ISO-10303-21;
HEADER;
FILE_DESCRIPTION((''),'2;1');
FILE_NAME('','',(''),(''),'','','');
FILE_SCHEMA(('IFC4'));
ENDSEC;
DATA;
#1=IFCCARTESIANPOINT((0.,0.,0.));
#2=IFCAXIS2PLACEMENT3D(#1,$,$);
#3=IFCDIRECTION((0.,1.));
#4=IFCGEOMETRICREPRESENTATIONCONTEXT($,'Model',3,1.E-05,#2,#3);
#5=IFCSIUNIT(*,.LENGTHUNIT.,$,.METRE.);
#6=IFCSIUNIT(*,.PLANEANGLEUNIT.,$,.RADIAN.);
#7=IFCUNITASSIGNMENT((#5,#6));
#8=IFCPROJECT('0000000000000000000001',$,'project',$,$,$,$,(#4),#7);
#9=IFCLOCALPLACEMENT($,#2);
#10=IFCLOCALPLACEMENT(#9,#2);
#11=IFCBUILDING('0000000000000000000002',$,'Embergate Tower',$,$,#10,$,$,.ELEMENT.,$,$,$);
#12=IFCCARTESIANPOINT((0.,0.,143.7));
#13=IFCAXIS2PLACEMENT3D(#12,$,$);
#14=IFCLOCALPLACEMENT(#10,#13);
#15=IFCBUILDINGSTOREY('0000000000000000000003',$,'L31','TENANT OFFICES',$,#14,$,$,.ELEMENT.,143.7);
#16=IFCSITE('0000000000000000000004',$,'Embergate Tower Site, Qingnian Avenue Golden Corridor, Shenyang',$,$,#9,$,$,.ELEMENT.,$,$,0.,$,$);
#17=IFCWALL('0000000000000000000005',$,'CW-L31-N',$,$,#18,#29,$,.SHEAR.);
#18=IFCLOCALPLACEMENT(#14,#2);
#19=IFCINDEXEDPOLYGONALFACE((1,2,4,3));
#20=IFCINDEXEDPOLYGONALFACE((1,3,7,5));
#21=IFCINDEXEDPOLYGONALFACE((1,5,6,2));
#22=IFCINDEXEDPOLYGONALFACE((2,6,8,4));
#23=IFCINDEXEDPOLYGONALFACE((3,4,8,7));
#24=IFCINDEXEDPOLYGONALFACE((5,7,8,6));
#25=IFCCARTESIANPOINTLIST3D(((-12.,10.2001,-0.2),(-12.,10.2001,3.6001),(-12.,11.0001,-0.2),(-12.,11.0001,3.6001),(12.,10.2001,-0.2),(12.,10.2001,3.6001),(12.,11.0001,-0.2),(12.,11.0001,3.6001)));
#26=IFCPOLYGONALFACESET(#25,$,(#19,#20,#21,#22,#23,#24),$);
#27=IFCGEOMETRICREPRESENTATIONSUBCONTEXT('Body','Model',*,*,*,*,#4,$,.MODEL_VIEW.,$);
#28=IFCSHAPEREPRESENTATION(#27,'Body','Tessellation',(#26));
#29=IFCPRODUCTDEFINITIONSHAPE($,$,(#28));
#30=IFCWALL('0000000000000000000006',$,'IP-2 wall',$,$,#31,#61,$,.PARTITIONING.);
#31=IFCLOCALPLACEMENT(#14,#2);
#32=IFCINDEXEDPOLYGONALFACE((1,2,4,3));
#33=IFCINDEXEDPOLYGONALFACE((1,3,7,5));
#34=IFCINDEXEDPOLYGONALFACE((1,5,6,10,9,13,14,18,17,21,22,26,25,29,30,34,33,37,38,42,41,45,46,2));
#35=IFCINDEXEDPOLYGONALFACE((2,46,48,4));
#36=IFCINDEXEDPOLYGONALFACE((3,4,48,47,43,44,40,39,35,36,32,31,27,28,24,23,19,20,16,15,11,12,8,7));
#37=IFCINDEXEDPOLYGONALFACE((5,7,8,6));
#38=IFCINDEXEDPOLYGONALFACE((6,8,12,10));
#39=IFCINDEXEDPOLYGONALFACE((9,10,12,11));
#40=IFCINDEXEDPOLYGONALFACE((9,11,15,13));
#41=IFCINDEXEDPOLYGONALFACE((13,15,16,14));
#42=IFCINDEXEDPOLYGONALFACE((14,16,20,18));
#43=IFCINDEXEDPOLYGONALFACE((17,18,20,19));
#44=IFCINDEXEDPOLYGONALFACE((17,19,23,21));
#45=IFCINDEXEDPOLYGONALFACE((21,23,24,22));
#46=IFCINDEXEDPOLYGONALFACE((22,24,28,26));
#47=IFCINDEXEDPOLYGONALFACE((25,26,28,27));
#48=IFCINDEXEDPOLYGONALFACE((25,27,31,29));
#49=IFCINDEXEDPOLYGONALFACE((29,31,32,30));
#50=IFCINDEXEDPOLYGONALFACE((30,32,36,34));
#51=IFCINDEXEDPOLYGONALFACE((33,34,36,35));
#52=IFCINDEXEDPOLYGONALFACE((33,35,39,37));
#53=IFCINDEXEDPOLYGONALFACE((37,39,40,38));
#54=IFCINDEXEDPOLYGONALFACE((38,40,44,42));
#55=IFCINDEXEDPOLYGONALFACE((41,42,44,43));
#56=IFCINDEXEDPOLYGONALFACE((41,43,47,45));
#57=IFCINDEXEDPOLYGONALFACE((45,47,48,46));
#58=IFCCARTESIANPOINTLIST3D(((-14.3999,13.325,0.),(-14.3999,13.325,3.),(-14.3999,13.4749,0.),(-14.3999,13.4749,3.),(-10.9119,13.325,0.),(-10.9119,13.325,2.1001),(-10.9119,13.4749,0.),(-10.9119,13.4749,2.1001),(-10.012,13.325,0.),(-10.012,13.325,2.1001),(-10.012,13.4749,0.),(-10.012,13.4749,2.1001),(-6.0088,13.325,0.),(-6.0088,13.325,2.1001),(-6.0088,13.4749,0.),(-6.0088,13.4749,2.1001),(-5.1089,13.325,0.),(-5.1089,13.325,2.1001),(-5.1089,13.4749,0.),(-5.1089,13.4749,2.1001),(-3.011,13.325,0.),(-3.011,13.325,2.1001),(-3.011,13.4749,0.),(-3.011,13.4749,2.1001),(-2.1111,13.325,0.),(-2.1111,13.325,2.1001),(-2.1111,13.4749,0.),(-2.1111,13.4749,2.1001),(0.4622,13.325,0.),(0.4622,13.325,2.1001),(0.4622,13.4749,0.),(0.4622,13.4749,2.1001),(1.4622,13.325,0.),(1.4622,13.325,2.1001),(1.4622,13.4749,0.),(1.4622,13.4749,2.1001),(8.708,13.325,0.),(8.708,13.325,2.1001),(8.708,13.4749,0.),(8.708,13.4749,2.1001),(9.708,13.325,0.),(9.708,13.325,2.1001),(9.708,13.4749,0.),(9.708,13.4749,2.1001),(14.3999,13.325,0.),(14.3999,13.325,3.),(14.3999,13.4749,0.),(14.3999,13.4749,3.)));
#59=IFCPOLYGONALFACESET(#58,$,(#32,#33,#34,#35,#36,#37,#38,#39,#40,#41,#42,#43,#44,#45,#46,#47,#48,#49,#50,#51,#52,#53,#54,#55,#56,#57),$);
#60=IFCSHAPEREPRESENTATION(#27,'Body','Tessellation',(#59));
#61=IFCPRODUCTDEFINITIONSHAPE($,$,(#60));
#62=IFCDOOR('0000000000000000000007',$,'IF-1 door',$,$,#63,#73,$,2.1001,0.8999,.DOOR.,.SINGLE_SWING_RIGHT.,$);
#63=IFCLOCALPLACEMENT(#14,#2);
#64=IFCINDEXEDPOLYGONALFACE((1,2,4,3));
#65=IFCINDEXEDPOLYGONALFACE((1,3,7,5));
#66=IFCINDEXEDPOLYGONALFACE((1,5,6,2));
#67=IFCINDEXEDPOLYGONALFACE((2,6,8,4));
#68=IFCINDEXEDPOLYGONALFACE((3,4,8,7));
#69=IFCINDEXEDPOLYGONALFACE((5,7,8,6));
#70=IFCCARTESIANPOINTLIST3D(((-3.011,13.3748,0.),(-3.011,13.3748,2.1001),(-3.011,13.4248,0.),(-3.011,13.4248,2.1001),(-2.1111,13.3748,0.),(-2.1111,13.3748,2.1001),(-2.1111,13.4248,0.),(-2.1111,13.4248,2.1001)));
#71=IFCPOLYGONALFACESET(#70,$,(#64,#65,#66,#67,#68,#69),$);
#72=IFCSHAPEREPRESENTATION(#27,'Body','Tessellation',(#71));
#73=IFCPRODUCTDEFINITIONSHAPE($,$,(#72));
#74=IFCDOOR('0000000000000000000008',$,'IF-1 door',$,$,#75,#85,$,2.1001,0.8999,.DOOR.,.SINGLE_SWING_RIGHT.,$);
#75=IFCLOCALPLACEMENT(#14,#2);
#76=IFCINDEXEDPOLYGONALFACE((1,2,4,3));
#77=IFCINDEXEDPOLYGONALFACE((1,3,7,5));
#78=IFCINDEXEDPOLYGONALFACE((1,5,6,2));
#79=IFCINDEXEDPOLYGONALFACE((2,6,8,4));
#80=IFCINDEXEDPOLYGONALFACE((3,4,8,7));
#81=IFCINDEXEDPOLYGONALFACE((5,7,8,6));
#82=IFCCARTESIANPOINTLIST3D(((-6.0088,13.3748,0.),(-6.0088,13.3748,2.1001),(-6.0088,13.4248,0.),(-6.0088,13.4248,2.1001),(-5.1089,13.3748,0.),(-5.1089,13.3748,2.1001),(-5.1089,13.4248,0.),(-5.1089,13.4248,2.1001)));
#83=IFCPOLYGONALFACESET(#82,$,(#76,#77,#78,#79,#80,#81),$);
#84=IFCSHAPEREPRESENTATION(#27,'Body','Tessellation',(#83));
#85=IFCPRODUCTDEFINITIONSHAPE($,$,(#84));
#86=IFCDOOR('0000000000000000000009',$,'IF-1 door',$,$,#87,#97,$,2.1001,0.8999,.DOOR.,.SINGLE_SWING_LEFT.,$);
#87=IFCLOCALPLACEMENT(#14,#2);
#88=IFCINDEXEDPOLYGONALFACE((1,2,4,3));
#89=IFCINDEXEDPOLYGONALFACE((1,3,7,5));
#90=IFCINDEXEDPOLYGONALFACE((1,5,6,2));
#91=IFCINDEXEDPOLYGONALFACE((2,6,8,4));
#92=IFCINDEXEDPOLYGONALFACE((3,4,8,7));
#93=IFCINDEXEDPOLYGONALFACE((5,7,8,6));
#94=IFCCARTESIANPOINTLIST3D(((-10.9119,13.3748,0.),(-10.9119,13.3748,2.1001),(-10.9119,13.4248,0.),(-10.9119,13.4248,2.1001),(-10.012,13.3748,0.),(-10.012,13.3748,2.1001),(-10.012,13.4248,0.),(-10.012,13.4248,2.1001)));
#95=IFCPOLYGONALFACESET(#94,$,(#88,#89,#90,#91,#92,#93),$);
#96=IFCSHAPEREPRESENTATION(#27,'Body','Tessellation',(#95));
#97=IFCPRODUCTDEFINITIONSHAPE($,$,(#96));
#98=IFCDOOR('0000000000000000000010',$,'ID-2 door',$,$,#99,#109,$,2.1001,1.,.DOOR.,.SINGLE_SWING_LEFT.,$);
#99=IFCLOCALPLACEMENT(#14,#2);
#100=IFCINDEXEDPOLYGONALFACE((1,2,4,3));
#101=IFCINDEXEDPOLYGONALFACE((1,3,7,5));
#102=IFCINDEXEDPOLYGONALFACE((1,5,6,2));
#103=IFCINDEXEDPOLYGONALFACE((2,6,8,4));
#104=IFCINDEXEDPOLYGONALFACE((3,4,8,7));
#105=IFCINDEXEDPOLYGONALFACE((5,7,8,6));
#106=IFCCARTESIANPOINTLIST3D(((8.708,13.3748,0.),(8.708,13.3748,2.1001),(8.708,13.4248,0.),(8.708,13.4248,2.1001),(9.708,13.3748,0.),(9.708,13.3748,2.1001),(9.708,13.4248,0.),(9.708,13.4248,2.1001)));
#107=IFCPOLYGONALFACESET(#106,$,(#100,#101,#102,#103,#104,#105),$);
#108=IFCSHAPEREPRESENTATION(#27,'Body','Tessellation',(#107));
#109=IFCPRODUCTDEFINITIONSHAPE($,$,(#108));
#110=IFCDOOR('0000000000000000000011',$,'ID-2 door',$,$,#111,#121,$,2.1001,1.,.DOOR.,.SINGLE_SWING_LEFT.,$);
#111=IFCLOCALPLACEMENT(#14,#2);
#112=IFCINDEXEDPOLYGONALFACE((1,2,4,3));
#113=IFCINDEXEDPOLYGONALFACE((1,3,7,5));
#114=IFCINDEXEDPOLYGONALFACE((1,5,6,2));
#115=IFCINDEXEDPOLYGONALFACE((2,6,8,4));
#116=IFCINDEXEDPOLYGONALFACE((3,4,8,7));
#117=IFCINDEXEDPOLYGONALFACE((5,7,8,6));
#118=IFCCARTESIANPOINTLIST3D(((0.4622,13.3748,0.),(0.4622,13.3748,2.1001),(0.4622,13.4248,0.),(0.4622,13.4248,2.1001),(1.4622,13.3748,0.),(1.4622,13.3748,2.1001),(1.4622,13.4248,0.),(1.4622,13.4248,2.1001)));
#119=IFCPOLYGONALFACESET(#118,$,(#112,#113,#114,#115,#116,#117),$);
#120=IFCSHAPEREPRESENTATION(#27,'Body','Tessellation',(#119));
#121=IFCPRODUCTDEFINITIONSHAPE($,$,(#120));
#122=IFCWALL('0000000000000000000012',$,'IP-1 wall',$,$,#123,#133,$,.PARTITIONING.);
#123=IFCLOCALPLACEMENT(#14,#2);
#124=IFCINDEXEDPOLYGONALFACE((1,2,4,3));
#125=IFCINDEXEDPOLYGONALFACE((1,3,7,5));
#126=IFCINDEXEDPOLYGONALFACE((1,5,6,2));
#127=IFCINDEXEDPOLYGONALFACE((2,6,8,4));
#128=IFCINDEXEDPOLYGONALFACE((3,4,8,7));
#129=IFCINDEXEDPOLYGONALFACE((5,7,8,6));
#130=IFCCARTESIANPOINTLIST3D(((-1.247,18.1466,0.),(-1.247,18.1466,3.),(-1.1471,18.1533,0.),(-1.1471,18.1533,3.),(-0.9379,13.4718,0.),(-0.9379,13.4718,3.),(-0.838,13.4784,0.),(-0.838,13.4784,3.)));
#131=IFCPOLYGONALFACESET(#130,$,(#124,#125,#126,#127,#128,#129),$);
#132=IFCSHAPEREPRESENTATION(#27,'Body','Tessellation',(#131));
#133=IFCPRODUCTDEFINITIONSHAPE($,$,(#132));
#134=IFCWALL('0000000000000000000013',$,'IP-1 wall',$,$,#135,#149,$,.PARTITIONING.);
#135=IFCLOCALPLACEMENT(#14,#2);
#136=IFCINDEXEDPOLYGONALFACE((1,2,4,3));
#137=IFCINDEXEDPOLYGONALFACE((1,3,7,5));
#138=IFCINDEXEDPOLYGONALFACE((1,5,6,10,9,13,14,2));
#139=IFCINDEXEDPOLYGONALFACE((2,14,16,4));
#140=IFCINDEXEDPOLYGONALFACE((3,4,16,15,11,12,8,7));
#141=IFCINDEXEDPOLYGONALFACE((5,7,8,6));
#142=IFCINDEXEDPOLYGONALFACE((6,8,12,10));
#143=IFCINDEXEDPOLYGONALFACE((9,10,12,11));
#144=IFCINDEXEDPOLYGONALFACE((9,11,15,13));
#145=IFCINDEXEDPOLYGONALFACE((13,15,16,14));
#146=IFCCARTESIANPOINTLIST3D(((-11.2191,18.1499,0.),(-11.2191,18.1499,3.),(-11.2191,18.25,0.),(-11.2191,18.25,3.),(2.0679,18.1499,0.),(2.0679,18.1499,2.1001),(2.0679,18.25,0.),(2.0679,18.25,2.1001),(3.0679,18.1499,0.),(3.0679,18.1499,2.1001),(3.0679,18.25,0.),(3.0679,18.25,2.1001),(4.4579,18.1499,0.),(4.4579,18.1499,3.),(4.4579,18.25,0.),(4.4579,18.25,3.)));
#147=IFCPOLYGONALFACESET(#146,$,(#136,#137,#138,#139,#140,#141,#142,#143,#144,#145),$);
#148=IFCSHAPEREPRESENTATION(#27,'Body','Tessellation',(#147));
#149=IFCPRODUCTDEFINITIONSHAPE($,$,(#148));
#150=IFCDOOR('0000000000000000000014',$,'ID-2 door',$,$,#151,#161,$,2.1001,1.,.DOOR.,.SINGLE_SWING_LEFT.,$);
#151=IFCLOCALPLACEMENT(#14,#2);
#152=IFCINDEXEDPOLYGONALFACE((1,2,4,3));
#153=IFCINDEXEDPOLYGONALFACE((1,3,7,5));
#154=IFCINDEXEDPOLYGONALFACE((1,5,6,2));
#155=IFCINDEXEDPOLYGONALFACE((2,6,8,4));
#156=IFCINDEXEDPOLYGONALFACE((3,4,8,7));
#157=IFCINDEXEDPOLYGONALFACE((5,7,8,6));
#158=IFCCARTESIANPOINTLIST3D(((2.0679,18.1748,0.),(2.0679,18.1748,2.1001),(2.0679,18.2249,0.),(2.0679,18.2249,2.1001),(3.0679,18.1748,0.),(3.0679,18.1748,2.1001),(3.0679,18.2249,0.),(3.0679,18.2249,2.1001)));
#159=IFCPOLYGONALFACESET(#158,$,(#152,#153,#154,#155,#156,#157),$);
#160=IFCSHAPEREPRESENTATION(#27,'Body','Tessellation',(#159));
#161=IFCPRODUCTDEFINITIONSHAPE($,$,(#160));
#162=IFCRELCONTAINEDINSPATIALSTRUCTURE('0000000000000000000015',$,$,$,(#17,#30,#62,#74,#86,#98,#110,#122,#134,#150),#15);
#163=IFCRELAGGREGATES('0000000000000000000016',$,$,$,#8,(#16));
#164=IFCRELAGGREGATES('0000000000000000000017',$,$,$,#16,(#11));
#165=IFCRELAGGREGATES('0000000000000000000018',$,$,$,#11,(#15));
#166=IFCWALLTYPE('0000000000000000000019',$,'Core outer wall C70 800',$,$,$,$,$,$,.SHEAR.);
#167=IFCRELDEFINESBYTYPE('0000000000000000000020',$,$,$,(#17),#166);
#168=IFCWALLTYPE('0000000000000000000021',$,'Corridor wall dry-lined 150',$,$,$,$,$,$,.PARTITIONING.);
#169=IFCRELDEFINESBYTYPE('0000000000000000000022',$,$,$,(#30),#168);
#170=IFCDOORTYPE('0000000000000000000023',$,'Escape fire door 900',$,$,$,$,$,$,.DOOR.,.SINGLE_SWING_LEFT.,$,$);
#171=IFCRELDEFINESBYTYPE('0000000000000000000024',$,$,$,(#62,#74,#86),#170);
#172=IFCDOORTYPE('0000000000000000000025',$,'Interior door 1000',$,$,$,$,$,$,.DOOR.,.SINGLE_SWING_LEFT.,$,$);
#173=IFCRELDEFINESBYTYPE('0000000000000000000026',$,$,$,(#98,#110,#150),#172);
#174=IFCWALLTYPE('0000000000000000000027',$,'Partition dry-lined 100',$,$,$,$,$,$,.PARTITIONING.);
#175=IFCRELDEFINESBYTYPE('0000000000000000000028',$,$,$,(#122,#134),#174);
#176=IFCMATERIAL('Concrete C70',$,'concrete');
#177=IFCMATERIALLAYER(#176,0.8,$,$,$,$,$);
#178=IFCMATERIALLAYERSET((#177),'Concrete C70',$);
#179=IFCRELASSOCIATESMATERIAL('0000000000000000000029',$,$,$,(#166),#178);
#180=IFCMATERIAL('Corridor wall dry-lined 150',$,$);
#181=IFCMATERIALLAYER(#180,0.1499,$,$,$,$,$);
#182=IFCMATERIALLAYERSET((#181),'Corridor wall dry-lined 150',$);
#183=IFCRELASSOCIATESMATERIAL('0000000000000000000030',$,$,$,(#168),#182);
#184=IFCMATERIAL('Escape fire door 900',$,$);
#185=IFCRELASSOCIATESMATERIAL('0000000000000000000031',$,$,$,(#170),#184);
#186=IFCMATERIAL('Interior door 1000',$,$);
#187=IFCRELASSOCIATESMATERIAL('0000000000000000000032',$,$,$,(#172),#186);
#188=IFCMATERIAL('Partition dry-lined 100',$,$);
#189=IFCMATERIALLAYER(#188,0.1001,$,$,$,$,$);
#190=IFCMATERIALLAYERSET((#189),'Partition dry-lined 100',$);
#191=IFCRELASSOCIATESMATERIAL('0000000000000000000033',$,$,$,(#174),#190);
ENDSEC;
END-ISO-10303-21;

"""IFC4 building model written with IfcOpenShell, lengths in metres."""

from ifc_helpers import new_model, si_unit, direction, frame, frame_2d, origin, place, context, subcontext, project, spatial, rectangle, extrude, source, transform, mapped, material, layer, layer_set, type_object, element, fill, save


model = new_model("IFC4")

# Units and contexts
model_context = context("Model", 3, precision=1e-05, world=origin(), true_north=direction((0.0, 1.0)))
body_context = subcontext(model_context, "Body", "Model", "MODEL_VIEW")
ifc_project = project(units=[si_unit("LENGTHUNIT", "METRE"), si_unit("PLANEANGLEUNIT", "RADIAN")], contexts=[model_context])

# Site, building, storey
site_placement = place(None, origin())
site = spatial("IfcSite", under=ifc_project, at=site_placement, Name="Embergate Tower Site, Qingnian Avenue Golden Corridor, Shenyang", CompositionType="ELEMENT", RefElevation=0.0)
building_placement = place(site_placement, origin())
building = spatial("IfcBuilding", under=site, at=building_placement, Name="Embergate Tower", CompositionType="ELEMENT")
storey_placement = place(building_placement, frame((0.0, 0.0, 143.7)))
storey = spatial("IfcBuildingStorey", under=building, at=storey_placement, Name="L31", Description="TENANT OFFICES", CompositionType="ELEMENT", Elevation=143.7)

# Shared definitions
ifc_material_1 = material(Name="Concrete C70", Category="concrete")

# Wall
ifc_layer_1 = layer(ifc_material_1, 0.8)
ifc_layer_set_1 = layer_set([ifc_layer_1], Name="Concrete C70")
wall_type_1 = type_object("IfcWallType", Name="Core outer wall C70 800", PredefinedType="SHEAR", material=ifc_layer_set_1)
shared_shape_1 = source(origin(), body_context, "Body", "SweptSolid", [
    extrude(rectangle(XDim=24.0, YDim=0.8, at=frame_2d((12.0, 0.0))), origin(), (0.0, 0.0, 1.0), 3.8),
])
wall_1_placement = place(storey_placement, frame((-12.0, 10.6001, -0.2), z_axis=(0.0, 0.0, 1.0), x_axis=(1.0, 0.0, 0.0)))
element("IfcWall", 1, at=wall_1_placement, inside=storey, type_object=wall_type_1, Name="CW-L31-N", PredefinedType="SHEAR", context=body_context, shape_type="MappedRepresentation", body=[
    mapped(shared_shape_1, transform((0.0, 0.0, 0.0))),
])

# Wall, openings, doors
ifc_material_2 = material(Name="Corridor wall dry-lined 150")
ifc_layer_2 = layer(ifc_material_2, 0.1499)
ifc_layer_set_2 = layer_set([ifc_layer_2], Name="Corridor wall dry-lined 150")
wall_type_2 = type_object("IfcWallType", Name="Corridor wall dry-lined 150", PredefinedType="PARTITIONING", material=ifc_layer_set_2)
shared_shape_2 = source(origin(), body_context, "Body", "SweptSolid", [
    extrude(rectangle(XDim=28.7998, YDim=0.1499, at=frame_2d((14.3999, 0.0))), origin(), (0.0, 0.0, 1.0), 3.0),
])
wall_2_placement = place(storey_placement, frame((-14.3999, 13.3999, 0.0), z_axis=(0.0, 0.0, 1.0), x_axis=(1.0, 0.0, 0.0)))
wall_2 = element("IfcWall", 2, at=wall_2_placement, inside=storey, type_object=wall_type_2, Name="IP-2 wall", PredefinedType="PARTITIONING", context=body_context, shape_type="MappedRepresentation", body=[
    mapped(shared_shape_2, transform((0.0, 0.0, 0.0))),
])
shared_shape_3 = source(origin(), body_context, "Body", "SweptSolid", [
    extrude(rectangle(XDim=1.0, YDim=2.1001, at=frame_2d((0.5, 1.05))), frame((0.0, 0.085, 0.0), z_axis=(0.0, -1.0, 0.0), x_axis=(1.0, 0.0, 0.0)), (0.0, 0.0, 1.0), 0.1699),
])
opening_1_placement = place(wall_2_placement, frame((23.1079, 0.0, 0.0)))
opening_1 = element("IfcOpeningElement", 3, at=opening_1_placement, cuts=wall_2, PredefinedType="OPENING", context=body_context, shape_type="MappedRepresentation", body=[
    mapped(shared_shape_3, transform((0.0, 0.0, 0.0))),
])
opening_2_placement = place(wall_2_placement, frame((14.8621, 0.0, 0.0)))
opening_2 = element("IfcOpeningElement", 4, at=opening_2_placement, cuts=wall_2, PredefinedType="OPENING", context=body_context, shape_type="MappedRepresentation", body=[
    mapped(shared_shape_3, transform((0.0, 0.0, 0.0))),
])
shared_shape_4 = source(origin(), body_context, "Body", "SweptSolid", [
    extrude(rectangle(XDim=0.8999, YDim=2.1001, at=frame_2d((0.45, 1.05))), frame((0.0, 0.085, 0.0), z_axis=(0.0, -1.0, 0.0), x_axis=(1.0, 0.0, 0.0)), (0.0, 0.0, 1.0), 0.1699),
])
opening_3_placement = place(wall_2_placement, frame((11.3889, 0.0, 0.0)))
opening_3 = element("IfcOpeningElement", 5, at=opening_3_placement, cuts=wall_2, PredefinedType="OPENING", context=body_context, shape_type="MappedRepresentation", body=[
    mapped(shared_shape_4, transform((0.0, 0.0, 0.0))),
])
opening_4_placement = place(wall_2_placement, frame((8.3911, 0.0, 0.0)))
opening_4 = element("IfcOpeningElement", 6, at=opening_4_placement, cuts=wall_2, PredefinedType="OPENING", context=body_context, shape_type="MappedRepresentation", body=[
    mapped(shared_shape_4, transform((0.0, 0.0, 0.0))),
])
opening_5_placement = place(wall_2_placement, frame((3.488, 0.0, 0.0)))
opening_5 = element("IfcOpeningElement", 7, at=opening_5_placement, cuts=wall_2, PredefinedType="OPENING", context=body_context, shape_type="MappedRepresentation", body=[
    mapped(shared_shape_4, transform((0.0, 0.0, 0.0))),
])
ifc_material_3 = material(Name="Escape fire door 900")
door_type_1 = type_object("IfcDoorType", Name="Escape fire door 900", OperationType="SINGLE_SWING_LEFT", PredefinedType="DOOR", material=ifc_material_3)
shared_shape_5 = source(origin(), body_context, "Body", "SweptSolid", [
    extrude(rectangle(XDim=0.8999, YDim=2.1001, at=frame_2d((0.45, 1.05))), frame((0.0, 0.0249, 0.0), z_axis=(0.0, -1.0, 0.0), x_axis=(1.0, 0.0, 0.0)), (0.0, 0.0, 1.0), 0.05),
])
door_1_placement = place(opening_3_placement, origin())
door_1 = element("IfcDoor", 8, at=door_1_placement, inside=storey, type_object=door_type_1, Name="IF-1 door", OperationType="SINGLE_SWING_RIGHT", OverallHeight=2.1001, OverallWidth=0.8999, PredefinedType="DOOR", context=body_context, shape_type="MappedRepresentation", body=[
    mapped(shared_shape_5, transform((0.0, 0.0, 0.0))),
])
fill(opening_3, door_1)
door_2_placement = place(opening_4_placement, origin())
door_2 = element("IfcDoor", 9, at=door_2_placement, inside=storey, type_object=door_type_1, Name="IF-1 door", OperationType="SINGLE_SWING_RIGHT", OverallHeight=2.1001, OverallWidth=0.8999, PredefinedType="DOOR", context=body_context, shape_type="MappedRepresentation", body=[
    mapped(shared_shape_5, transform((0.0, 0.0, 0.0))),
])
fill(opening_4, door_2)
door_3_placement = place(opening_5_placement, origin())
door_3 = element("IfcDoor", 10, at=door_3_placement, inside=storey, type_object=door_type_1, Name="IF-1 door", OperationType="SINGLE_SWING_LEFT", OverallHeight=2.1001, OverallWidth=0.8999, PredefinedType="DOOR", context=body_context, shape_type="MappedRepresentation", body=[
    mapped(shared_shape_5, transform((0.0, 0.0, 0.0))),
])
fill(opening_5, door_3)
ifc_material_4 = material(Name="Interior door 1000")
door_type_2 = type_object("IfcDoorType", Name="Interior door 1000", OperationType="SINGLE_SWING_LEFT", PredefinedType="DOOR", material=ifc_material_4)
shared_shape_6 = source(origin(), body_context, "Body", "SweptSolid", [
    extrude(rectangle(XDim=1.0, YDim=2.1001, at=frame_2d((0.5, 1.05))), frame((0.0, 0.0249, 0.0), z_axis=(0.0, -1.0, 0.0), x_axis=(1.0, 0.0, 0.0)), (0.0, 0.0, 1.0), 0.05),
])
door_4_placement = place(opening_1_placement, origin())
door_4 = element("IfcDoor", 11, at=door_4_placement, inside=storey, type_object=door_type_2, Name="ID-2 door", OperationType="SINGLE_SWING_LEFT", OverallHeight=2.1001, OverallWidth=1.0, PredefinedType="DOOR", context=body_context, shape_type="MappedRepresentation", body=[
    mapped(shared_shape_6, transform((0.0, 0.0, 0.0))),
])
fill(opening_1, door_4)
door_5_placement = place(opening_2_placement, origin())
door_5 = element("IfcDoor", 12, at=door_5_placement, inside=storey, type_object=door_type_2, Name="ID-2 door", OperationType="SINGLE_SWING_LEFT", OverallHeight=2.1001, OverallWidth=1.0, PredefinedType="DOOR", context=body_context, shape_type="MappedRepresentation", body=[
    mapped(shared_shape_6, transform((0.0, 0.0, 0.0))),
])
fill(opening_2, door_5)

# Wall
ifc_material_5 = material(Name="Partition dry-lined 100")
ifc_layer_3 = layer(ifc_material_5, 0.1001)
ifc_layer_set_3 = layer_set([ifc_layer_3], Name="Partition dry-lined 100")
wall_type_3 = type_object("IfcWallType", Name="Partition dry-lined 100", PredefinedType="PARTITIONING", material=ifc_layer_set_3)
shared_shape_7 = source(origin(), body_context, "Body", "SweptSolid", [
    extrude(rectangle(XDim=4.6851, YDim=0.1001, at=frame_2d((2.3425, 0.0))), origin(), (0.0, 0.0, 1.0), 3.0),
])
wall_3_placement = place(storey_placement, frame((-0.8879, 13.4751, 0.0), z_axis=(0.0, 0.0, 1.0), x_axis=(-0.065973, 0.997821, 0.0)))
element("IfcWall", 13, at=wall_3_placement, inside=storey, type_object=wall_type_3, Name="IP-1 wall", PredefinedType="PARTITIONING", context=body_context, shape_type="MappedRepresentation", body=[
    mapped(shared_shape_7, transform((0.0, 0.0, 0.0))),
])

# Wall, opening, door
shared_shape_8 = source(origin(), body_context, "Body", "SweptSolid", [
    extrude(rectangle(XDim=15.677, YDim=0.1001, at=frame_2d((7.8384, 0.0))), origin(), (0.0, 0.0, 1.0), 3.0),
])
wall_4_placement = place(storey_placement, frame((-11.219, 18.2, 0.0), z_axis=(0.0, 0.0, 1.0), x_axis=(1.0, 0.0, 0.0)))
wall_4 = element("IfcWall", 14, at=wall_4_placement, inside=storey, type_object=wall_type_3, Name="IP-1 wall", PredefinedType="PARTITIONING", context=body_context, shape_type="MappedRepresentation", body=[
    mapped(shared_shape_8, transform((0.0, 0.0, 0.0))),
])
shared_shape_9 = source(origin(), body_context, "Body", "SweptSolid", [
    extrude(rectangle(XDim=1.0, YDim=2.1001, at=frame_2d((0.5, 1.05))), frame((0.0, 0.0601, 0.0), z_axis=(0.0, -1.0, 0.0), x_axis=(1.0, 0.0, 0.0)), (0.0, 0.0, 1.0), 0.1201),
])
opening_6_placement = place(wall_4_placement, frame((13.2869, 0.0, 0.0)))
opening_6 = element("IfcOpeningElement", 15, at=opening_6_placement, cuts=wall_4, PredefinedType="OPENING", context=body_context, shape_type="MappedRepresentation", body=[
    mapped(shared_shape_9, transform((0.0, 0.0, 0.0))),
])
door_6_placement = place(opening_6_placement, origin())
door_6 = element("IfcDoor", 16, at=door_6_placement, inside=storey, type_object=door_type_2, Name="ID-2 door", OperationType="SINGLE_SWING_LEFT", OverallHeight=2.1001, OverallWidth=1.0, PredefinedType="DOOR", context=body_context, shape_type="MappedRepresentation", body=[
    mapped(shared_shape_6, transform((0.0, 0.0, 0.0))),
])
fill(opening_6, door_6)

save(model, "model.ifc")
